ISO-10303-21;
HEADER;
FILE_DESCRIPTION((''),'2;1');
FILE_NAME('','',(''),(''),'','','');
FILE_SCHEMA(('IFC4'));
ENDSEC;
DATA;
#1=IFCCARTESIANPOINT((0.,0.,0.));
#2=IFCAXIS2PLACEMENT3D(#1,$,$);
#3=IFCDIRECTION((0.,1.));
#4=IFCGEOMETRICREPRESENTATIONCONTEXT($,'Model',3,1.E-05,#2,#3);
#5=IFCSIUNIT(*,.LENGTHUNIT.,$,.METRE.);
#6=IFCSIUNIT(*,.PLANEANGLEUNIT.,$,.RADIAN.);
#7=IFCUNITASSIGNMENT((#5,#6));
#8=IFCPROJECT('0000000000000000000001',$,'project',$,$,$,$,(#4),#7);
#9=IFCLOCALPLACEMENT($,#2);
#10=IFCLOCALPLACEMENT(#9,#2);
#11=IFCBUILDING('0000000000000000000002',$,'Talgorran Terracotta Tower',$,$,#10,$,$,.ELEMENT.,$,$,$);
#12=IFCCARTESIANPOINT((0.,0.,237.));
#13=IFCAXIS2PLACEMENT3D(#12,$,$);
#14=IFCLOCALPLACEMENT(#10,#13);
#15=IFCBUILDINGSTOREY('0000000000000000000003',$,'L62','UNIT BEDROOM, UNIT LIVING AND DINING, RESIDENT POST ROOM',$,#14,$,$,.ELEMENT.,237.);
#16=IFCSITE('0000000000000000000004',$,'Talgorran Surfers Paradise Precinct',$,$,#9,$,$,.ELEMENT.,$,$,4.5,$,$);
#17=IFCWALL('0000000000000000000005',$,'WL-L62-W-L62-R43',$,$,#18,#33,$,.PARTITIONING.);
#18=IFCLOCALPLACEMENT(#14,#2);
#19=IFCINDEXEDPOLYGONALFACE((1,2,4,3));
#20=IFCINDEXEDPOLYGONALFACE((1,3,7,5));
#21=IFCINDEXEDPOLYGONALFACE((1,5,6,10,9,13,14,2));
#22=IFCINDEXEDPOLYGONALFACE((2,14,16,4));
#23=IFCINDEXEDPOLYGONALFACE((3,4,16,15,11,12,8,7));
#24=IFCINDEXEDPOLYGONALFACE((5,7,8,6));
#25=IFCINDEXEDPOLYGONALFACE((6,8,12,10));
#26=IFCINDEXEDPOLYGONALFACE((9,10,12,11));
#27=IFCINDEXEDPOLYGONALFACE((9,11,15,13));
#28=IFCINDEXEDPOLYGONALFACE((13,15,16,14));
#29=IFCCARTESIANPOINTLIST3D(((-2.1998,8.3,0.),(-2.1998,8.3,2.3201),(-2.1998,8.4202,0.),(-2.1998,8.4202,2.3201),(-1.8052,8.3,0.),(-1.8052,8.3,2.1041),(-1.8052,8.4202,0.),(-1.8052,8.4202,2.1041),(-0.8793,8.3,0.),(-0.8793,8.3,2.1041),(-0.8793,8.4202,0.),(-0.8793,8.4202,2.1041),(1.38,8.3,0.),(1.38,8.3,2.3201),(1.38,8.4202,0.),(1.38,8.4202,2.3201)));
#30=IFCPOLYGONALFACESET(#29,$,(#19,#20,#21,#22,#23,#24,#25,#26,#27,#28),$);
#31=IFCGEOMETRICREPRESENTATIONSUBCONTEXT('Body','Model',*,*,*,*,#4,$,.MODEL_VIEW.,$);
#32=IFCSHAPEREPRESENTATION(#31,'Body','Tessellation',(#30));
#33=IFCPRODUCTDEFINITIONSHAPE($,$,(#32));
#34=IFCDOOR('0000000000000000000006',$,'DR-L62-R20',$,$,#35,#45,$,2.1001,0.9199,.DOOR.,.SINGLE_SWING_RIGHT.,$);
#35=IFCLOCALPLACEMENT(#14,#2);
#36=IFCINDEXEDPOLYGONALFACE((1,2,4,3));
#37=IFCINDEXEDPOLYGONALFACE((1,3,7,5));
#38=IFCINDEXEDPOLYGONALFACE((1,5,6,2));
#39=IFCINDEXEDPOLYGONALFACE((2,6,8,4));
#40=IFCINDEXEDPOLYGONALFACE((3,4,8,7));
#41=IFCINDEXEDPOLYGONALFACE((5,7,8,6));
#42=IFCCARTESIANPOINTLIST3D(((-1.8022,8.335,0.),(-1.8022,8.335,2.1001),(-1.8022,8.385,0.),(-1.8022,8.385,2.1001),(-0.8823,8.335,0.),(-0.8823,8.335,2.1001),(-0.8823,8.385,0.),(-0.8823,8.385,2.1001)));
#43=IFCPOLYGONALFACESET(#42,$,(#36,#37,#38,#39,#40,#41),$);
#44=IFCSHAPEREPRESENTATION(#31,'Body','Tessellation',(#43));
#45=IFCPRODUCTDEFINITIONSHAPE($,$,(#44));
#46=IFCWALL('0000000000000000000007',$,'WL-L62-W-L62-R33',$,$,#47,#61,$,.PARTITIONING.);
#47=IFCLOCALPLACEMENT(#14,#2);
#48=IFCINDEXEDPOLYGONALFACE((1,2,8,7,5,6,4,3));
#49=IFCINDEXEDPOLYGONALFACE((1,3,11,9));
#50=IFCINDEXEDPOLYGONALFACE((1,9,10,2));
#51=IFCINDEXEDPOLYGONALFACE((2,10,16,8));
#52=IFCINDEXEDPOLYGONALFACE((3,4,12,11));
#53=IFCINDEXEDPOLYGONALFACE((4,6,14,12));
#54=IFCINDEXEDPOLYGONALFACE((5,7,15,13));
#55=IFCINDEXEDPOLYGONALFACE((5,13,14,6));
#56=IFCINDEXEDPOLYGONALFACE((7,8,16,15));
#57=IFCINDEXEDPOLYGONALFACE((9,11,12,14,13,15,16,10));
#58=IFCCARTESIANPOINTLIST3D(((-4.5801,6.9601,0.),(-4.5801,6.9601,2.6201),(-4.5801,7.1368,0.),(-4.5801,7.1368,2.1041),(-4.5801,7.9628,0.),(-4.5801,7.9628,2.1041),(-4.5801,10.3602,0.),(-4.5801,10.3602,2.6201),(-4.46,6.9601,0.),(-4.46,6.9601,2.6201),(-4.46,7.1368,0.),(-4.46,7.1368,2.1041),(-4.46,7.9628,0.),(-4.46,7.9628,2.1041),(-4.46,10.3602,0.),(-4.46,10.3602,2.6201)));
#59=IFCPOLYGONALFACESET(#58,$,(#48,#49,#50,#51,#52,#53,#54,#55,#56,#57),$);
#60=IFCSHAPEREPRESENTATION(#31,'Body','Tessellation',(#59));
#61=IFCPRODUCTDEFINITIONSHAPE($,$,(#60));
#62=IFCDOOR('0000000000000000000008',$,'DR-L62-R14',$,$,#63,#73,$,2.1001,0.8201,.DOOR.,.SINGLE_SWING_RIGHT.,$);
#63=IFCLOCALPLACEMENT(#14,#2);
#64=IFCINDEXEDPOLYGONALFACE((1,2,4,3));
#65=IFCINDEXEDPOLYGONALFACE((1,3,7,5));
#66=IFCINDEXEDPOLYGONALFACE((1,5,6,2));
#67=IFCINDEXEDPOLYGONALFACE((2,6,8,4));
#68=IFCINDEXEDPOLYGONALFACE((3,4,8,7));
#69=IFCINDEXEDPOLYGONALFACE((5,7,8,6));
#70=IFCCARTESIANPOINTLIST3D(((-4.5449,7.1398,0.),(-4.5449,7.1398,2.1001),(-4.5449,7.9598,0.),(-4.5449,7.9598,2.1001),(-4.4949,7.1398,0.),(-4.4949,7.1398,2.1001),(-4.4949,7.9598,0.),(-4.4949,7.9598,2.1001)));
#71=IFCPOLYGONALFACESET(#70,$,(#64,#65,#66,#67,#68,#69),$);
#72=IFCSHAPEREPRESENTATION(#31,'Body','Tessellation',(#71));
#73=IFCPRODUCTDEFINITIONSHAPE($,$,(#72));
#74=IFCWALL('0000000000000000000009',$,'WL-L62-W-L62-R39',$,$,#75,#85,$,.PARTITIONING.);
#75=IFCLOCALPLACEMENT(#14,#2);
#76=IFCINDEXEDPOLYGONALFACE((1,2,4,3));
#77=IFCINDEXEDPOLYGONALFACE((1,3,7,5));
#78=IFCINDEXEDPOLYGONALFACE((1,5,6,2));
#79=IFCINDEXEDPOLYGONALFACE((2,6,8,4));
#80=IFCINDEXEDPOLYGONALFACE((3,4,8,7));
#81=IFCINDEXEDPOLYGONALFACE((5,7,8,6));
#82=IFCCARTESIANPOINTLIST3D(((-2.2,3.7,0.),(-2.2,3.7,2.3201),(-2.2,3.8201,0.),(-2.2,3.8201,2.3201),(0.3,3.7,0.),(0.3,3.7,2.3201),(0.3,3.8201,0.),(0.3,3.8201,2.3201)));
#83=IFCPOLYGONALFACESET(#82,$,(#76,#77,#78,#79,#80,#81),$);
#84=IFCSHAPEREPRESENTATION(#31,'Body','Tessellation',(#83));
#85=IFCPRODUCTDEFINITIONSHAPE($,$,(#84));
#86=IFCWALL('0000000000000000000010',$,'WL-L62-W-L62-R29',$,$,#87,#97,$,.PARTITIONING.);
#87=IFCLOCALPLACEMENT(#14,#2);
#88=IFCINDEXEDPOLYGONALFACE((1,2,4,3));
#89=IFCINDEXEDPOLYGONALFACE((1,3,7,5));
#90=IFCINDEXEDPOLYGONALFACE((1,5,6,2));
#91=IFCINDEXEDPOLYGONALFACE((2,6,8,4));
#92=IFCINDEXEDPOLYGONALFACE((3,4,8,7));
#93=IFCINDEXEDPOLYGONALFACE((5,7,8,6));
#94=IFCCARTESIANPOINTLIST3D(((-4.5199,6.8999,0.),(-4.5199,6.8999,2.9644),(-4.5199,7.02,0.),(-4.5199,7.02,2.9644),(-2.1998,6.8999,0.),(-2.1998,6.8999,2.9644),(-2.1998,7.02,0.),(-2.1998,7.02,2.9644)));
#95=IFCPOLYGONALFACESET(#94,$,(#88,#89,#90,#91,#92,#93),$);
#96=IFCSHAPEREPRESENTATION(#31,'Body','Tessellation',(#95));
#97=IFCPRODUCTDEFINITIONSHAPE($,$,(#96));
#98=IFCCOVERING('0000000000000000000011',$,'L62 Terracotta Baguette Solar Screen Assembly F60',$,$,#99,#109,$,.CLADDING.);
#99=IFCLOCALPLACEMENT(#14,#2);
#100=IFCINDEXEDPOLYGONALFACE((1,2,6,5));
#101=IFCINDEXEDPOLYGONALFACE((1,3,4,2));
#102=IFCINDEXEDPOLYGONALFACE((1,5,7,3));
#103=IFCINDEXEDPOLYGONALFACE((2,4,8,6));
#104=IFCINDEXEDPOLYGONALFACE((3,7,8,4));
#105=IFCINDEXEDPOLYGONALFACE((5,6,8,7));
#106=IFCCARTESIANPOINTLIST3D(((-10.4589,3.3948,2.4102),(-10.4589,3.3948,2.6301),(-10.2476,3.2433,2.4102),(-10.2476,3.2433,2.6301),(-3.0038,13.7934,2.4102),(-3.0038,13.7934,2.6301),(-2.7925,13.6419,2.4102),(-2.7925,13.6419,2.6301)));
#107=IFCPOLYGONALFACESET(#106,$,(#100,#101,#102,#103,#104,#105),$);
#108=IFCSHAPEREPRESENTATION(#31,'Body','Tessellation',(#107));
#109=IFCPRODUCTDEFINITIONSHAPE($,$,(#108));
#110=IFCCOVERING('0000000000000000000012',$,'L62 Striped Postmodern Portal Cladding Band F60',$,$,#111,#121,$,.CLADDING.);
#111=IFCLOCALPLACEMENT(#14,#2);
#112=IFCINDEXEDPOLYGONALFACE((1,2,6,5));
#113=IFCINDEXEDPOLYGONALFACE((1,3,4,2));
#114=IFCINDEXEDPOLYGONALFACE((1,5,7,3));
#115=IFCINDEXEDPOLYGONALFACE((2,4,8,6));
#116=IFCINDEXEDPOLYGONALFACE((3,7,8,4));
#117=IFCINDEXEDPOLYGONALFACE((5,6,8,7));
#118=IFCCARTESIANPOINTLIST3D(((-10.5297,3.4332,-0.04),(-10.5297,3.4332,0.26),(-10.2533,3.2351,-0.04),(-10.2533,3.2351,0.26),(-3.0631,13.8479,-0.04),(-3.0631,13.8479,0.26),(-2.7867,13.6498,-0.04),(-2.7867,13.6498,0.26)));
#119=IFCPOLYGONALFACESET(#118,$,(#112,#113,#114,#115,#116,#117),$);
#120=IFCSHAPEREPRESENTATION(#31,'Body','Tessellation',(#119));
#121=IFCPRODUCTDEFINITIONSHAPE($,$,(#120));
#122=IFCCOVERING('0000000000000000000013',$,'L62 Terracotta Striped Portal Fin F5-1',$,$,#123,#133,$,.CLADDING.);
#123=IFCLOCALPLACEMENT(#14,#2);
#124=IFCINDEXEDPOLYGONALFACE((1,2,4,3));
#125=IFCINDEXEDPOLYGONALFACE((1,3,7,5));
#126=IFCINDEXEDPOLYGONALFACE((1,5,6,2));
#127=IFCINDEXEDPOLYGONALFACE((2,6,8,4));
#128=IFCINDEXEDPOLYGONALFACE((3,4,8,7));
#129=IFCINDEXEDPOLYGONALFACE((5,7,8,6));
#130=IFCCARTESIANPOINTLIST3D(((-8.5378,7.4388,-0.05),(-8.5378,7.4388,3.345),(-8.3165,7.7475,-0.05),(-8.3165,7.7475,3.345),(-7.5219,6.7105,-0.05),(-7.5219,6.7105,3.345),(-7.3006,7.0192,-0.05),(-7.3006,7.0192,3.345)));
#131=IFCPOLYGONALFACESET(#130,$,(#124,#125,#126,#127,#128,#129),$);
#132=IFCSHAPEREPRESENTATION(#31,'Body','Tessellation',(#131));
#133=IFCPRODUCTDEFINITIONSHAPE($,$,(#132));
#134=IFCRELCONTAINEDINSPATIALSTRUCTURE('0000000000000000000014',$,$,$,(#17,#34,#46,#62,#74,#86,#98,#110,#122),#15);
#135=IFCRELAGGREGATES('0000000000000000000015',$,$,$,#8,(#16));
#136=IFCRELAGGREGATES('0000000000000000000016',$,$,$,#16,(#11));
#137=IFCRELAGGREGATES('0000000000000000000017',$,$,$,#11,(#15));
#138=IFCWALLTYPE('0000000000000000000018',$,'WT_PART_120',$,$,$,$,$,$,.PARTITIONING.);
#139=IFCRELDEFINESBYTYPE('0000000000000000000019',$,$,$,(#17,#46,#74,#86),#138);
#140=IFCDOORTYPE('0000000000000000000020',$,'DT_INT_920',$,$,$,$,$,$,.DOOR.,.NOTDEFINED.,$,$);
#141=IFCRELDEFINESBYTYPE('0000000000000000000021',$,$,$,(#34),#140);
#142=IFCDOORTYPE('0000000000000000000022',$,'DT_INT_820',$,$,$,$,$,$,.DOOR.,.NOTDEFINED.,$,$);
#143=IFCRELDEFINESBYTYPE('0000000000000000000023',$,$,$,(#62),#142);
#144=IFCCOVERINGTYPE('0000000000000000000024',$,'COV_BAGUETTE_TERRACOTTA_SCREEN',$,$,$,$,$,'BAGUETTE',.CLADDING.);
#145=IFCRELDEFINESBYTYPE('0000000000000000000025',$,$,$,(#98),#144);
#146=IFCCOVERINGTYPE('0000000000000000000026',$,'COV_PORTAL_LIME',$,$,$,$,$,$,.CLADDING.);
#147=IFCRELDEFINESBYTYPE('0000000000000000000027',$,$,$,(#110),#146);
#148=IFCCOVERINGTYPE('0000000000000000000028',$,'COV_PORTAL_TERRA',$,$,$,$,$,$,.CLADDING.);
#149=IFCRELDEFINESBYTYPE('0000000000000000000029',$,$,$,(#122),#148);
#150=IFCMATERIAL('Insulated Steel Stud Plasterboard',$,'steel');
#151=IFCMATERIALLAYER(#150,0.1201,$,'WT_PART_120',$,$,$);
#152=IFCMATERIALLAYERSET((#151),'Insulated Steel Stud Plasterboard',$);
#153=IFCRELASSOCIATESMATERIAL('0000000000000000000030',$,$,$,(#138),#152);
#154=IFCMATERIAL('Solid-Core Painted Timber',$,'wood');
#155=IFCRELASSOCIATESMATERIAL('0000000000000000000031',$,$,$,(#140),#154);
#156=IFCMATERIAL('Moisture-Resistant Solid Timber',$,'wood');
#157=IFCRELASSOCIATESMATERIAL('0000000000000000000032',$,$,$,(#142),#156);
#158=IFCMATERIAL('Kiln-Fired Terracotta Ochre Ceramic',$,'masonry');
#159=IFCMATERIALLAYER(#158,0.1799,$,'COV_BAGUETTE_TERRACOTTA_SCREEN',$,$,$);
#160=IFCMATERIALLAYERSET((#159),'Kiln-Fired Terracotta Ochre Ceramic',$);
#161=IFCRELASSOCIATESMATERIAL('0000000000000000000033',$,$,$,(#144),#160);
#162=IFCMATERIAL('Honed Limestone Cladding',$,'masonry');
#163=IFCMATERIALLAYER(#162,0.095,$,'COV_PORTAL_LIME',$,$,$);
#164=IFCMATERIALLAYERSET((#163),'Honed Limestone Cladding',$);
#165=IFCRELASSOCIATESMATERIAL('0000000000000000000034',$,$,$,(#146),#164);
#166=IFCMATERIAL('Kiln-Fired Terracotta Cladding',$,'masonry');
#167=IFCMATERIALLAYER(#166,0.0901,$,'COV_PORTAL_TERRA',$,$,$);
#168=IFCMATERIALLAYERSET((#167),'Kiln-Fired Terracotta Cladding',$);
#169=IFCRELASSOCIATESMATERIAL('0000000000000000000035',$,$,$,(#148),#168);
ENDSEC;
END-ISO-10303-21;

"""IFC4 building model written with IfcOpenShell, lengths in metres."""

from ifc_helpers import new_model, si_unit, direction, frame, frame_2d, origin, origin_2d, place, context, subcontext, project, spatial, rectangle, extrude, material, layer, layer_set, type_object, element, fill, save


model = new_model("IFC4")

# Units and contexts
model_context = context("Model", 3, precision=1e-05, world=origin(), true_north=direction((0.0, 1.0)))
body_context = subcontext(model_context, "Body", "Model", "MODEL_VIEW")
ifc_project = project(units=[si_unit("LENGTHUNIT", "METRE"), si_unit("PLANEANGLEUNIT", "RADIAN")], contexts=[model_context])

# Site, building, storey
site_placement = place(None, origin())
site = spatial("IfcSite", under=ifc_project, at=site_placement, Name="Talgorran Surfers Paradise Precinct", CompositionType="ELEMENT", RefElevation=4.5)
building_placement = place(site_placement, origin())
building = spatial("IfcBuilding", under=site, at=building_placement, Name="Talgorran Terracotta Tower", CompositionType="ELEMENT")
storey_placement = place(building_placement, frame((0.0, 0.0, 237.0)))
storey = spatial("IfcBuildingStorey", under=building, at=storey_placement, Name="L62", Description="UNIT BEDROOM, UNIT LIVING AND DINING, RESIDENT POST ROOM", CompositionType="ELEMENT", Elevation=237.0)

# Walls, openings, doors
ifc_material_1 = material(Name="Insulated Steel Stud Plasterboard", Category="steel")
ifc_layer_1 = layer(ifc_material_1, 0.1201, Name="WT_PART_120")
ifc_layer_set_1 = layer_set([ifc_layer_1], Name="Insulated Steel Stud Plasterboard")
wall_type_1 = type_object("IfcWallType", Name="WT_PART_120", PredefinedType="PARTITIONING", material=ifc_layer_set_1)
wall_1_placement = place(storey_placement, frame((-2.2, 8.3601, 0.0), z_axis=(0.0, 0.0, 1.0), x_axis=(1.0, 0.0, 0.0)))
wall_1 = element("IfcWall", 1, at=wall_1_placement, inside=storey, type_object=wall_type_1, Name="WL-L62-W-L62-R43", PredefinedType="PARTITIONING", context=body_context, shape_type="SweptSolid", body=[
    extrude(rectangle(XDim=3.5798, YDim=0.1201, at=frame_2d((1.79, 0.0))), origin(), (0.0, 0.0, 1.0), 2.3201),
])
opening_1_placement = place(wall_1_placement, frame((0.3977, 0.0, 0.0)))
opening_1 = element("IfcOpeningElement", 2, at=opening_1_placement, cuts=wall_1, PredefinedType="OPENING", context=body_context, shape_type="SweptSolid", body=[
    extrude(rectangle(XDim=0.9259, YDim=2.1041, at=frame_2d((0.46, 1.052))), frame((0.0, 0.0701, 0.0), z_axis=(0.0, -1.0, 0.0), x_axis=(1.0, 0.0, 0.0)), (0.0, 0.0, 1.0), 0.1401),
])
ifc_material_2 = material(Name="Solid-Core Painted Timber", Category="wood")
door_type_1 = type_object("IfcDoorType", Name="DT_INT_920", OperationType="NOTDEFINED", PredefinedType="DOOR", material=ifc_material_2)
door_1_placement = place(opening_1_placement, origin())
door_1 = element("IfcDoor", 3, at=door_1_placement, inside=storey, type_object=door_type_1, Name="DR-L62-R20", OperationType="SINGLE_SWING_RIGHT", OverallHeight=2.1001, OverallWidth=0.9199, PredefinedType="DOOR", context=body_context, shape_type="SweptSolid", body=[
    extrude(rectangle(XDim=0.9199, YDim=2.1001, at=frame_2d((0.46, 1.05))), frame((0.0, 0.0249, 0.0), z_axis=(0.0, -1.0, 0.0), x_axis=(1.0, 0.0, 0.0)), (0.0, 0.0, 1.0), 0.05),
])
fill(opening_1, door_1)
wall_2_placement = place(storey_placement, frame((-4.52, 6.96, 0.0), z_axis=(0.0, 0.0, 1.0), x_axis=(0.0, 1.0, 0.0)))
wall_2 = element("IfcWall", 4, at=wall_2_placement, inside=storey, type_object=wall_type_1, Name="WL-L62-W-L62-R33", PredefinedType="PARTITIONING", context=body_context, shape_type="SweptSolid", body=[
    extrude(rectangle(XDim=3.4001, YDim=0.1201, at=frame_2d((1.7002, 0.0))), origin(), (0.0, 0.0, 1.0), 2.6201),
])
opening_2_placement = place(wall_2_placement, frame((0.1797, 0.0, 0.0)))
opening_2 = element("IfcOpeningElement", 5, at=opening_2_placement, cuts=wall_2, PredefinedType="OPENING", context=body_context, shape_type="SweptSolid", body=[
    extrude(rectangle(XDim=0.8261, YDim=2.1041, at=frame_2d((0.4102, 1.052))), frame((0.0, 0.0701, 0.0), z_axis=(0.0, -1.0, 0.0), x_axis=(1.0, 0.0, 0.0)), (0.0, 0.0, 1.0), 0.1401),
])
ifc_material_3 = material(Name="Moisture-Resistant Solid Timber", Category="wood")
door_type_2 = type_object("IfcDoorType", Name="DT_INT_820", OperationType="NOTDEFINED", PredefinedType="DOOR", material=ifc_material_3)
door_2_placement = place(opening_2_placement, origin())
door_2 = element("IfcDoor", 6, at=door_2_placement, inside=storey, type_object=door_type_2, Name="DR-L62-R14", OperationType="SINGLE_SWING_RIGHT", OverallHeight=2.1001, OverallWidth=0.8201, PredefinedType="DOOR", context=body_context, shape_type="SweptSolid", body=[
    extrude(rectangle(XDim=0.8201, YDim=2.1001, at=frame_2d((0.4102, 1.05))), frame((0.0, 0.0249, 0.0), z_axis=(0.0, -1.0, 0.0), x_axis=(1.0, 0.0, 0.0)), (0.0, 0.0, 1.0), 0.05),
])
fill(opening_2, door_2)

# Walls
wall_3_placement = place(storey_placement, frame((-2.2, 3.76, 0.0), z_axis=(0.0, 0.0, 1.0), x_axis=(1.0, 0.0, 0.0)))
element("IfcWall", 7, at=wall_3_placement, inside=storey, type_object=wall_type_1, Name="WL-L62-W-L62-R39", PredefinedType="PARTITIONING", context=body_context, shape_type="SweptSolid", body=[
    extrude(rectangle(XDim=2.5, YDim=0.1201, at=frame_2d((1.25, 0.0))), origin(), (0.0, 0.0, 1.0), 2.3201),
])
wall_4_placement = place(storey_placement, frame((-4.52, 6.96, 0.0), z_axis=(0.0, 0.0, 1.0), x_axis=(1.0, 0.0, 0.0)))
element("IfcWall", 8, at=wall_4_placement, inside=storey, type_object=wall_type_1, Name="WL-L62-W-L62-R29", PredefinedType="PARTITIONING", context=body_context, shape_type="SweptSolid", body=[
    extrude(rectangle(XDim=2.3201, YDim=0.1201, at=frame_2d((1.1602, 0.0))), origin(), (0.0, 0.0, 1.0), 2.9644),
])

# Coverings
ifc_material_4 = material(Name="Kiln-Fired Terracotta Ochre Ceramic", Category="masonry")
ifc_layer_2 = layer(ifc_material_4, 0.1799, Name="COV_BAGUETTE_TERRACOTTA_SCREEN")
ifc_layer_set_2 = layer_set([ifc_layer_2], Name="Kiln-Fired Terracotta Ochre Ceramic")
covering_type_1 = type_object("IfcCoveringType", Name="COV_BAGUETTE_TERRACOTTA_SCREEN", ElementType="BAGUETTE", PredefinedType="CLADDING", material=ifc_layer_set_2)
covering_1_placement = place(storey_placement, frame((-6.6257, 8.5183, 2.4102), z_axis=(0.0, 0.0, 1.0), x_axis=(-0.582662, -0.812715, 0.0)))
element("IfcCovering", 9, at=covering_1_placement, inside=storey, type_object=covering_type_1, Name="L62 Terracotta Baguette Solar Screen Assembly F60", PredefinedType="CLADDING", context=body_context, shape_type="SweptSolid", body=[
    extrude(rectangle(XDim=12.7949, YDim=0.26, at=origin_2d()), origin(), (0.0, 0.0, 1.0), 0.22),
])
ifc_material_5 = material(Name="Honed Limestone Cladding", Category="masonry")
ifc_layer_3 = layer(ifc_material_5, 0.095, Name="COV_PORTAL_LIME")
ifc_layer_set_3 = layer_set([ifc_layer_3], Name="Honed Limestone Cladding")
covering_type_2 = type_object("IfcCoveringType", Name="COV_PORTAL_LIME", PredefinedType="CLADDING", material=ifc_layer_set_3)
covering_2_placement = place(storey_placement, frame((-6.6582, 8.5415, -0.04), z_axis=(0.0, 0.0, 1.0), x_axis=(-0.582662, -0.812715, 0.0)))
element("IfcCovering", 10, at=covering_2_placement, inside=storey, type_object=covering_type_2, Name="L62 Striped Postmodern Portal Cladding Band F60", PredefinedType="CLADDING", context=body_context, shape_type="SweptSolid", body=[
    extrude(rectangle(XDim=12.8147, YDim=0.3401, at=origin_2d()), origin(), (0.0, 0.0, 1.0), 0.3),
])
ifc_material_6 = material(Name="Kiln-Fired Terracotta Cladding", Category="masonry")
ifc_layer_4 = layer(ifc_material_6, 0.0901, Name="COV_PORTAL_TERRA")
ifc_layer_set_4 = layer_set([ifc_layer_4], Name="Kiln-Fired Terracotta Cladding")
covering_type_3 = type_object("IfcCoveringType", Name="COV_PORTAL_TERRA", PredefinedType="CLADDING", material=ifc_layer_set_4)
covering_3_placement = place(storey_placement, frame((-7.9192, 7.229, -0.05), z_axis=(0.0, 0.0, 1.0), x_axis=(-0.582662, -0.812715, 0.0)))
element("IfcCovering", 11, at=covering_3_placement, inside=storey, type_object=covering_type_3, Name="L62 Terracotta Striped Portal Fin F5-1", PredefinedType="CLADDING", context=body_context, shape_type="SweptSolid", body=[
    extrude(rectangle(XDim=0.3799, YDim=1.25, at=origin_2d()), origin(), (0.0, 0.0, 1.0), 3.395),
])

save(model, "model.ifc")
